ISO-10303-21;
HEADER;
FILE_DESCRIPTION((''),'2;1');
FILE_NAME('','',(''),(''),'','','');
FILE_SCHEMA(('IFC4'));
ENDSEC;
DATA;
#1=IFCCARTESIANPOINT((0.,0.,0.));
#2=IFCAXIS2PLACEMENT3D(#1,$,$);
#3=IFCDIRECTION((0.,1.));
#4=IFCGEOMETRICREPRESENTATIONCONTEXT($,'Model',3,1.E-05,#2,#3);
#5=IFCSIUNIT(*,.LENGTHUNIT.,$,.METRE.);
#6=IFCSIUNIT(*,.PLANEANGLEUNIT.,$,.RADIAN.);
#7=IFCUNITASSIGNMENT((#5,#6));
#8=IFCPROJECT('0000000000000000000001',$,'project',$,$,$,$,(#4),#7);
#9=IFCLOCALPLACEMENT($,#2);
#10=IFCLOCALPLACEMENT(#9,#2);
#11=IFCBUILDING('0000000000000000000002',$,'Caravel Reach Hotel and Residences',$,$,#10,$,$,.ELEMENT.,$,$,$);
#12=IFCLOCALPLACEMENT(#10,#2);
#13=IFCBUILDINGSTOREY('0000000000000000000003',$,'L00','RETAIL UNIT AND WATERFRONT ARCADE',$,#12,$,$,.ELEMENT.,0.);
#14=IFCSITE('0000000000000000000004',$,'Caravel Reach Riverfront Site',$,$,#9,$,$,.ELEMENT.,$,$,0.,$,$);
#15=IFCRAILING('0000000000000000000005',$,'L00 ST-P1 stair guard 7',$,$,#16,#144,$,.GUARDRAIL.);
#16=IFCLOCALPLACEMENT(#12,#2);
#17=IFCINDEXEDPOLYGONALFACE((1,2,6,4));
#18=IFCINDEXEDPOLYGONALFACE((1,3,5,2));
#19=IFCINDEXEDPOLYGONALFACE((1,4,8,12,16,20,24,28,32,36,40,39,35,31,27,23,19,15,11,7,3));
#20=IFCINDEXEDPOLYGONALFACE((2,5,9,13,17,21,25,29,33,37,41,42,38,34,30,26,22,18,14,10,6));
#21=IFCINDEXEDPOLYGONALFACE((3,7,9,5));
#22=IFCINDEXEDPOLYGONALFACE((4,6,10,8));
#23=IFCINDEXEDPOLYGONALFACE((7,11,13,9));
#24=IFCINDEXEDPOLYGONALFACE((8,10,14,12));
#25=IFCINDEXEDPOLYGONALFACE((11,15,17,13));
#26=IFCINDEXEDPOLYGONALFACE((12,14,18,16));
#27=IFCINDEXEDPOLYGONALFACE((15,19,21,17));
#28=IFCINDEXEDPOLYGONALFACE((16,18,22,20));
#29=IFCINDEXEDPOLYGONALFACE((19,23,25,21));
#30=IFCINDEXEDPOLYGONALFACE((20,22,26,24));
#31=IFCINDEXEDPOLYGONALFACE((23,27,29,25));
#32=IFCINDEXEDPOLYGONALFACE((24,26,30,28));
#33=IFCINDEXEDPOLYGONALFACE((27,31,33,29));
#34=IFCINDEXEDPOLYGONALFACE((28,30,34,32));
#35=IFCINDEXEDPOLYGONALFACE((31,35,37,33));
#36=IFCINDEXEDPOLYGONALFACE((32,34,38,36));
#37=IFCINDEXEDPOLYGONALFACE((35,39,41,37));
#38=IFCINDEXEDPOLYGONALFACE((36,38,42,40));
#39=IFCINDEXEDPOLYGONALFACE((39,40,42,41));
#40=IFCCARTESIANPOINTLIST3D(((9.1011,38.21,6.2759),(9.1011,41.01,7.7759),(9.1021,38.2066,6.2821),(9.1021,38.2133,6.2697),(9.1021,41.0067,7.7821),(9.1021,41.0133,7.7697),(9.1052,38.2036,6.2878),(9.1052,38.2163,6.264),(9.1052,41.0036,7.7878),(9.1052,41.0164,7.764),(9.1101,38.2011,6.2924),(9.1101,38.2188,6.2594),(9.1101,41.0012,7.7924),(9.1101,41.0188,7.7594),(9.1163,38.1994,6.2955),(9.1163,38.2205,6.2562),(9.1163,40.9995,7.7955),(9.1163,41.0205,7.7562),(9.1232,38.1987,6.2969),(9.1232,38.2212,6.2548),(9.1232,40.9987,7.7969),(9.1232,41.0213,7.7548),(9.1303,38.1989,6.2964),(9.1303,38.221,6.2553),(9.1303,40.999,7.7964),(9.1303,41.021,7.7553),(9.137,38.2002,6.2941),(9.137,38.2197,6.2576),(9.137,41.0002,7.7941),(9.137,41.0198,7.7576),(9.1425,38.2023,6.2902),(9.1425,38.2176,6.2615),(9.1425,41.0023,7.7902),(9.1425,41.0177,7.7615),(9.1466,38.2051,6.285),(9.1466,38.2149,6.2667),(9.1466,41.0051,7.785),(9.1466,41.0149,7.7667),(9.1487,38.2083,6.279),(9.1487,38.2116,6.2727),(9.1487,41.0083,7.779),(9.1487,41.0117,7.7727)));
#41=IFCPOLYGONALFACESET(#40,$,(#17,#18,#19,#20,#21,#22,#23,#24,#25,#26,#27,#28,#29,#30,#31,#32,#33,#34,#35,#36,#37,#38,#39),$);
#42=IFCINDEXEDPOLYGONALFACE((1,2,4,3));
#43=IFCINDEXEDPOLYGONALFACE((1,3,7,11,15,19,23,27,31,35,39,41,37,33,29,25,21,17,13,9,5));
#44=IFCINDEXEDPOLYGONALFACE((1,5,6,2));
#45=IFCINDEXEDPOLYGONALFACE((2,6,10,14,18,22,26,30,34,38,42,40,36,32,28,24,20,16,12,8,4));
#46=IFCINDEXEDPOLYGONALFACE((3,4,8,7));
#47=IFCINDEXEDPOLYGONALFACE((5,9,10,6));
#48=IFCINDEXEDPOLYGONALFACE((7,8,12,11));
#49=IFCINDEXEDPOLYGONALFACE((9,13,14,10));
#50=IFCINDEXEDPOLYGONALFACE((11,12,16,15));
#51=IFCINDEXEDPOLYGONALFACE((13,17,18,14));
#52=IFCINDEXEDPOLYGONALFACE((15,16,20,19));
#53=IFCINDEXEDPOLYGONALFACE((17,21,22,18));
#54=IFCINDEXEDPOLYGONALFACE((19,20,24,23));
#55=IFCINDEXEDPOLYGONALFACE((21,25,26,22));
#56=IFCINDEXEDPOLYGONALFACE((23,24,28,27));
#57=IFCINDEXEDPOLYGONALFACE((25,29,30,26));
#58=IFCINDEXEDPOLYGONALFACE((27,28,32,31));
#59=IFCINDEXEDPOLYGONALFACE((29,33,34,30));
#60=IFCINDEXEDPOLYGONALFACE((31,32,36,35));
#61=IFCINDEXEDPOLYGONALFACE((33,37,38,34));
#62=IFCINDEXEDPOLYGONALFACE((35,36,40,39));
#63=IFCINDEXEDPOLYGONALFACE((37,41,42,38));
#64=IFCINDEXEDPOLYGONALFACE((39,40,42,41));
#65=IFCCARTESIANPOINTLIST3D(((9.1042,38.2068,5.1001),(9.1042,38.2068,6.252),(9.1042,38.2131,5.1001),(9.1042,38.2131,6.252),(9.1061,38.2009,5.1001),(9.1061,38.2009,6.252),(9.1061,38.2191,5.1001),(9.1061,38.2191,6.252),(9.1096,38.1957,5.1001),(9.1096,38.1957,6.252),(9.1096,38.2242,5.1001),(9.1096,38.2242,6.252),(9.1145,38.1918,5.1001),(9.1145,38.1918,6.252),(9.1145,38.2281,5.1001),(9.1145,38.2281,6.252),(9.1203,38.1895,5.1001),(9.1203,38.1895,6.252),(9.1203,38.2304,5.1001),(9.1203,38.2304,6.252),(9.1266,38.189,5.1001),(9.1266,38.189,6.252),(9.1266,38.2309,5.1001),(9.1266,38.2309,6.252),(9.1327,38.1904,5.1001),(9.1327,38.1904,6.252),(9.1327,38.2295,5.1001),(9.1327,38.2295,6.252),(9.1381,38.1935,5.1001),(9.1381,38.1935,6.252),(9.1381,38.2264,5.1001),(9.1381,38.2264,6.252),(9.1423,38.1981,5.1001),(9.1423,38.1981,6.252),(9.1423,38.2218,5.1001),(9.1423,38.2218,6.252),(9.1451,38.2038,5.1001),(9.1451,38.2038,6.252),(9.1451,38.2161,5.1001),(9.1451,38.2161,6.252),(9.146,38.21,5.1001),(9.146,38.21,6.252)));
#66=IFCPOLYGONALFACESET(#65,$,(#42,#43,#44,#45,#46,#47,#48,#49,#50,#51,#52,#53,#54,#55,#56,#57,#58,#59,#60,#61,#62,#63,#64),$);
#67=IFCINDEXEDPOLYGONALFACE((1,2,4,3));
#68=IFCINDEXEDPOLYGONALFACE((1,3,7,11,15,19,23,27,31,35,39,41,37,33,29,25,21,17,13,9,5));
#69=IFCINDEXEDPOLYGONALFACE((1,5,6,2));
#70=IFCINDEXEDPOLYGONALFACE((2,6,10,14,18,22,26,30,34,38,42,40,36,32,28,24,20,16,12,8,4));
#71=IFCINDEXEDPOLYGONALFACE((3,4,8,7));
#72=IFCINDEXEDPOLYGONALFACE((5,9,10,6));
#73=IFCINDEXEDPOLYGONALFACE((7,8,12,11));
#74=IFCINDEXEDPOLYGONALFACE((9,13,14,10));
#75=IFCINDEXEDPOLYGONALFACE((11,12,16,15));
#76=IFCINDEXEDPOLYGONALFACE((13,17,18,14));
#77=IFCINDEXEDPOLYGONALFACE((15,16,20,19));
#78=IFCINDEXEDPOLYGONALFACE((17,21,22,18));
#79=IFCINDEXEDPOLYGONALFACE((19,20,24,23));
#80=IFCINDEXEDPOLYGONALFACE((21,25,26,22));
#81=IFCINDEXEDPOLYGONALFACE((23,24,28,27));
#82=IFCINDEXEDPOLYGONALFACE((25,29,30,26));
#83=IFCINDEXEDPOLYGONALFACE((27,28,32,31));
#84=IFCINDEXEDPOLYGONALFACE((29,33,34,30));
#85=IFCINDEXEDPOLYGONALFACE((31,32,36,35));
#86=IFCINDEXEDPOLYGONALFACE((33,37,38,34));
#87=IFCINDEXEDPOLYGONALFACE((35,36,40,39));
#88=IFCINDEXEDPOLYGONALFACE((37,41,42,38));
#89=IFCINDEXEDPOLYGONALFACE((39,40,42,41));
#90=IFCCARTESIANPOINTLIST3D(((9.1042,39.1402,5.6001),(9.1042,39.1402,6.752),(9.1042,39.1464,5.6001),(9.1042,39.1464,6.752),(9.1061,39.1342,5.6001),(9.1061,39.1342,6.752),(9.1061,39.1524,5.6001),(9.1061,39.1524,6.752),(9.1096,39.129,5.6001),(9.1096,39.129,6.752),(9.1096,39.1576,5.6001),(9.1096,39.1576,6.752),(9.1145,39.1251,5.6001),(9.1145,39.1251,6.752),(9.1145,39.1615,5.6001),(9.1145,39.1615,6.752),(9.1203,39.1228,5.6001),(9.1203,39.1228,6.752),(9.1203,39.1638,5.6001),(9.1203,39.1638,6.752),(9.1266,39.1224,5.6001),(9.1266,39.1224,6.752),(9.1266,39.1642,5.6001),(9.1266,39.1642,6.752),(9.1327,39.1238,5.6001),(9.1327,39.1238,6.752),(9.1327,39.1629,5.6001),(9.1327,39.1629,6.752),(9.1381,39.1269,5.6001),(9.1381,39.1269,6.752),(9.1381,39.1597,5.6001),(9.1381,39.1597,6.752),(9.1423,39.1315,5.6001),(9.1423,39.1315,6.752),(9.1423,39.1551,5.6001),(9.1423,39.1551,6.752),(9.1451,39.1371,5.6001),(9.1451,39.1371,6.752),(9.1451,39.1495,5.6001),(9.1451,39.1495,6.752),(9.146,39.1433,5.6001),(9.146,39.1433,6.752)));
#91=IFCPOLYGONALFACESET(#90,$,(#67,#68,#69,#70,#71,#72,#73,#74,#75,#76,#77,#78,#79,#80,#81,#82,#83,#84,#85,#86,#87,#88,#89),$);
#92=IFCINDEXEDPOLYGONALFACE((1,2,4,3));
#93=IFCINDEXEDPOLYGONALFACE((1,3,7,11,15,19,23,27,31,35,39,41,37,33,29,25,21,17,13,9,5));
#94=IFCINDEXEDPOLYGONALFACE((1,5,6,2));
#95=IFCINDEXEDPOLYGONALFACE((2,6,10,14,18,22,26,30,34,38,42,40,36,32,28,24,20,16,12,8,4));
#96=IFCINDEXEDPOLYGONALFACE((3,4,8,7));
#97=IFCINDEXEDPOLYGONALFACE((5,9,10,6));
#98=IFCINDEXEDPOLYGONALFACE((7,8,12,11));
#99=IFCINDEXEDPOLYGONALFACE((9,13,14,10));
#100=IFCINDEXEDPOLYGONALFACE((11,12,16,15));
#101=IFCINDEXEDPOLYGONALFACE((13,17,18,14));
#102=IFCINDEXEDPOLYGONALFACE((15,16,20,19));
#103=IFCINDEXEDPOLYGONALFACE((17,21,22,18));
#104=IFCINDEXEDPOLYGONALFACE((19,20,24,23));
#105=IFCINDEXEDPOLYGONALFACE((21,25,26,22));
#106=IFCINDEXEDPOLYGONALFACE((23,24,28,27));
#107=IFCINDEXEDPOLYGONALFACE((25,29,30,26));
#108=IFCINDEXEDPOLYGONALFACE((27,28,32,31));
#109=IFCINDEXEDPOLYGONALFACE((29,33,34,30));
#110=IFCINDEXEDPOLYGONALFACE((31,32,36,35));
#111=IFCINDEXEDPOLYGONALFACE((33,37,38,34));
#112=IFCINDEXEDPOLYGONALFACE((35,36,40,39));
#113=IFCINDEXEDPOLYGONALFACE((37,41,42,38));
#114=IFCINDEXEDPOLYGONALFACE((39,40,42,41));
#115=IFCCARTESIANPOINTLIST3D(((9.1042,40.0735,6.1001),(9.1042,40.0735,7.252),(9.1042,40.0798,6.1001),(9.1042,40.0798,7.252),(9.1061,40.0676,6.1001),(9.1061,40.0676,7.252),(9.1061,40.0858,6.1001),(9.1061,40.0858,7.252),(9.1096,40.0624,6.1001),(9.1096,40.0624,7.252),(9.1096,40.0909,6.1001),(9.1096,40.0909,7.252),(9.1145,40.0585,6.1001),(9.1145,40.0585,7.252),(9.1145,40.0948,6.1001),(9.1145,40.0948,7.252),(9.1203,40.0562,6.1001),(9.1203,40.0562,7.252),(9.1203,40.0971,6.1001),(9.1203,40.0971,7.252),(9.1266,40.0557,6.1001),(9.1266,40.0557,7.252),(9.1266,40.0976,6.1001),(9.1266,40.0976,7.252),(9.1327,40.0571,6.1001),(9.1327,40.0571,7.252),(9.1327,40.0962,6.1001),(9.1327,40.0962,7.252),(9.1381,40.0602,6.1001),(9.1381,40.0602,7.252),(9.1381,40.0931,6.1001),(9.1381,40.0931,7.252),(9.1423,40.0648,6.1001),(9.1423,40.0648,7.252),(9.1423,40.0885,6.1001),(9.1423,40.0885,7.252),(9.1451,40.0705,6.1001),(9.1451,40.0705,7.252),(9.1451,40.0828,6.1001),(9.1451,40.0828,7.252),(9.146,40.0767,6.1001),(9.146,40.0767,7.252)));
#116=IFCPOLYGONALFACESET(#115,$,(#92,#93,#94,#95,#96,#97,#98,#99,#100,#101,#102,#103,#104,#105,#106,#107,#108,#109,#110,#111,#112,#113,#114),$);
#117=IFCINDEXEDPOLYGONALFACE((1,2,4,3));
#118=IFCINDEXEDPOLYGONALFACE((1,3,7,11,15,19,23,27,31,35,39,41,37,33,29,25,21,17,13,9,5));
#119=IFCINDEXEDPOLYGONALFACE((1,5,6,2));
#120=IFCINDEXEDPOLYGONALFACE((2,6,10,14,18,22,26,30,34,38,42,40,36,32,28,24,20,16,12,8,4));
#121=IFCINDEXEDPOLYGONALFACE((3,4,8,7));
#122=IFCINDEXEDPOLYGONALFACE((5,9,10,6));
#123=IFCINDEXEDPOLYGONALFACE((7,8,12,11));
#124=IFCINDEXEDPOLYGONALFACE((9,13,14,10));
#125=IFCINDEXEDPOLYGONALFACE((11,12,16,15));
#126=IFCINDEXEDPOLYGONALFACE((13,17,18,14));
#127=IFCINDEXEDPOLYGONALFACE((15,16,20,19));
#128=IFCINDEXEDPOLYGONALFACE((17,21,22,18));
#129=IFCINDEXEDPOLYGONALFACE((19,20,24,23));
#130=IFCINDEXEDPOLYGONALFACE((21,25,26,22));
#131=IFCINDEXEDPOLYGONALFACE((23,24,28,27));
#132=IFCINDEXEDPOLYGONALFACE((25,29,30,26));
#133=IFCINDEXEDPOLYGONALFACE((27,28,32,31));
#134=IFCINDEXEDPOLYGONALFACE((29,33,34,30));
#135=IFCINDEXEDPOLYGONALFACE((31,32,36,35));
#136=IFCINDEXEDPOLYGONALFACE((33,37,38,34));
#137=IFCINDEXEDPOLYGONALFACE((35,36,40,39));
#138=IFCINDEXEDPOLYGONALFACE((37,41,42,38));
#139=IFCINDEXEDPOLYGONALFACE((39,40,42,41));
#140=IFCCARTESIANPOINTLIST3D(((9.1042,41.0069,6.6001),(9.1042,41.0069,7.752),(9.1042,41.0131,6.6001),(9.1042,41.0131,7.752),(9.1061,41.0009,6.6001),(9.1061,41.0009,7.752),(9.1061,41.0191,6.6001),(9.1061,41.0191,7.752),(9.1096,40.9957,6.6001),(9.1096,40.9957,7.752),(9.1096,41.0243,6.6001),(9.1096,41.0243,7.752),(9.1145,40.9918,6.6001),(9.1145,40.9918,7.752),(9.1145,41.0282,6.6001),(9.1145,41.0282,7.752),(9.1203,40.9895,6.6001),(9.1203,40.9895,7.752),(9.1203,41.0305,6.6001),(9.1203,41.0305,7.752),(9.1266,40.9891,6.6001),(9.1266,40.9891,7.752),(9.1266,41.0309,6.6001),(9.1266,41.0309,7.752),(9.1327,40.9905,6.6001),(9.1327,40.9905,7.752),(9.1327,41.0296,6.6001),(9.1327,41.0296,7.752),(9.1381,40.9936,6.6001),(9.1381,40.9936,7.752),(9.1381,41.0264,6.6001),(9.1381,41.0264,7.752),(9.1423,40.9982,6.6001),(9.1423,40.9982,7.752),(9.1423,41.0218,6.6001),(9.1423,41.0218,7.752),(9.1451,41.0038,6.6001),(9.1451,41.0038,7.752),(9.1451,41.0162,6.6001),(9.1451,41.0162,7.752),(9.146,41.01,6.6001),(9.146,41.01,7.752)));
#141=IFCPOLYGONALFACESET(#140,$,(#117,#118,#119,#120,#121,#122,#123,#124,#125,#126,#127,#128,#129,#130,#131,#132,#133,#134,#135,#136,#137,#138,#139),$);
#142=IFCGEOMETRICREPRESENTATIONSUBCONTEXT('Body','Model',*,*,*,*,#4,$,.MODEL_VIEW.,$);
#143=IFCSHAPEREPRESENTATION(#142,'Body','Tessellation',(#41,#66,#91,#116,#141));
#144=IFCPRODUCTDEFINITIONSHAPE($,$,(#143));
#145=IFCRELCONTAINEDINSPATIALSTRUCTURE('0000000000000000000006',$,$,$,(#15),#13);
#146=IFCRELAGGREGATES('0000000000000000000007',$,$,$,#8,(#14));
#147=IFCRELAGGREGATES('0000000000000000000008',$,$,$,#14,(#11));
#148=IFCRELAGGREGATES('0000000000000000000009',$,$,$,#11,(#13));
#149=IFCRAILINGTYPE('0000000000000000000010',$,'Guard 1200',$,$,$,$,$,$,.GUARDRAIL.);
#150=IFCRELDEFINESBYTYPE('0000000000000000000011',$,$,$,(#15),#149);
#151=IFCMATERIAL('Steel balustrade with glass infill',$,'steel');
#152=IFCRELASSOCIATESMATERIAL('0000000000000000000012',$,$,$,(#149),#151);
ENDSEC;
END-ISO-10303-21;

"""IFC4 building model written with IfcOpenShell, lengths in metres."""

from ifc_helpers import new_model, si_unit, direction, frame, origin, origin_2d, place, context, subcontext, project, spatial, circle, extrude, material, type_object, element, save


model = new_model("IFC4")

# Units and contexts
model_context = context("Model", 3, precision=1e-05, world=origin(), true_north=direction((0.0, 1.0)))
body_context = subcontext(model_context, "Body", "Model", "MODEL_VIEW")
ifc_project = project(units=[si_unit("LENGTHUNIT", "METRE"), si_unit("PLANEANGLEUNIT", "RADIAN")], contexts=[model_context])

# Site, building, storey
site_placement = place(None, origin())
site = spatial("IfcSite", under=ifc_project, at=site_placement, Name="Caravel Reach Riverfront Site", CompositionType="ELEMENT", RefElevation=0.0)
building_placement = place(site_placement, origin())
building = spatial("IfcBuilding", under=site, at=building_placement, Name="Caravel Reach Hotel and Residences", CompositionType="ELEMENT")
storey_placement = place(building_placement, origin())
storey = spatial("IfcBuildingStorey", under=building, at=storey_placement, Name="L00", Description="RETAIL UNIT AND WATERFRONT ARCADE", CompositionType="ELEMENT", Elevation=0.0)

# Railing
ifc_material_1 = material(Name="Steel balustrade with glass infill", Category="steel")
railing_type_1 = type_object("IfcRailingType", Name="Guard 1200", PredefinedType="GUARDRAIL", material=ifc_material_1)
railing_1_placement = place(storey_placement, frame((9.125, 38.21, 5.1001)))
element("IfcRailing", 1, at=railing_1_placement, inside=storey, type_object=railing_type_1, Name="L00 ST-P1 stair guard 7", PredefinedType="GUARDRAIL", context=body_context, shape_type="SweptSolid", body=[
    extrude(circle(Radius=0.0239, at=origin_2d()), frame((0.0, 0.0, 1.1758), z_axis=(0.0, 0.881483, 0.472215), x_axis=(-1.0, 0.0, 0.0)), (0.0, 0.0, 1.0), 3.1765),
    extrude(circle(Radius=0.021, at=origin_2d()), origin(), (0.0, 0.0, 1.0), 1.1519),
    extrude(circle(Radius=0.021, at=origin_2d()), frame((0.0, 0.9333, 0.5)), (0.0, 0.0, 1.0), 1.1519),
    extrude(circle(Radius=0.021, at=origin_2d()), frame((0.0, 1.8667, 1.0)), (0.0, 0.0, 1.0), 1.1519),
    extrude(circle(Radius=0.021, at=origin_2d()), frame((0.0, 2.8, 1.5)), (0.0, 0.0, 1.0), 1.1519),
])

save(model, "model.ifc")
